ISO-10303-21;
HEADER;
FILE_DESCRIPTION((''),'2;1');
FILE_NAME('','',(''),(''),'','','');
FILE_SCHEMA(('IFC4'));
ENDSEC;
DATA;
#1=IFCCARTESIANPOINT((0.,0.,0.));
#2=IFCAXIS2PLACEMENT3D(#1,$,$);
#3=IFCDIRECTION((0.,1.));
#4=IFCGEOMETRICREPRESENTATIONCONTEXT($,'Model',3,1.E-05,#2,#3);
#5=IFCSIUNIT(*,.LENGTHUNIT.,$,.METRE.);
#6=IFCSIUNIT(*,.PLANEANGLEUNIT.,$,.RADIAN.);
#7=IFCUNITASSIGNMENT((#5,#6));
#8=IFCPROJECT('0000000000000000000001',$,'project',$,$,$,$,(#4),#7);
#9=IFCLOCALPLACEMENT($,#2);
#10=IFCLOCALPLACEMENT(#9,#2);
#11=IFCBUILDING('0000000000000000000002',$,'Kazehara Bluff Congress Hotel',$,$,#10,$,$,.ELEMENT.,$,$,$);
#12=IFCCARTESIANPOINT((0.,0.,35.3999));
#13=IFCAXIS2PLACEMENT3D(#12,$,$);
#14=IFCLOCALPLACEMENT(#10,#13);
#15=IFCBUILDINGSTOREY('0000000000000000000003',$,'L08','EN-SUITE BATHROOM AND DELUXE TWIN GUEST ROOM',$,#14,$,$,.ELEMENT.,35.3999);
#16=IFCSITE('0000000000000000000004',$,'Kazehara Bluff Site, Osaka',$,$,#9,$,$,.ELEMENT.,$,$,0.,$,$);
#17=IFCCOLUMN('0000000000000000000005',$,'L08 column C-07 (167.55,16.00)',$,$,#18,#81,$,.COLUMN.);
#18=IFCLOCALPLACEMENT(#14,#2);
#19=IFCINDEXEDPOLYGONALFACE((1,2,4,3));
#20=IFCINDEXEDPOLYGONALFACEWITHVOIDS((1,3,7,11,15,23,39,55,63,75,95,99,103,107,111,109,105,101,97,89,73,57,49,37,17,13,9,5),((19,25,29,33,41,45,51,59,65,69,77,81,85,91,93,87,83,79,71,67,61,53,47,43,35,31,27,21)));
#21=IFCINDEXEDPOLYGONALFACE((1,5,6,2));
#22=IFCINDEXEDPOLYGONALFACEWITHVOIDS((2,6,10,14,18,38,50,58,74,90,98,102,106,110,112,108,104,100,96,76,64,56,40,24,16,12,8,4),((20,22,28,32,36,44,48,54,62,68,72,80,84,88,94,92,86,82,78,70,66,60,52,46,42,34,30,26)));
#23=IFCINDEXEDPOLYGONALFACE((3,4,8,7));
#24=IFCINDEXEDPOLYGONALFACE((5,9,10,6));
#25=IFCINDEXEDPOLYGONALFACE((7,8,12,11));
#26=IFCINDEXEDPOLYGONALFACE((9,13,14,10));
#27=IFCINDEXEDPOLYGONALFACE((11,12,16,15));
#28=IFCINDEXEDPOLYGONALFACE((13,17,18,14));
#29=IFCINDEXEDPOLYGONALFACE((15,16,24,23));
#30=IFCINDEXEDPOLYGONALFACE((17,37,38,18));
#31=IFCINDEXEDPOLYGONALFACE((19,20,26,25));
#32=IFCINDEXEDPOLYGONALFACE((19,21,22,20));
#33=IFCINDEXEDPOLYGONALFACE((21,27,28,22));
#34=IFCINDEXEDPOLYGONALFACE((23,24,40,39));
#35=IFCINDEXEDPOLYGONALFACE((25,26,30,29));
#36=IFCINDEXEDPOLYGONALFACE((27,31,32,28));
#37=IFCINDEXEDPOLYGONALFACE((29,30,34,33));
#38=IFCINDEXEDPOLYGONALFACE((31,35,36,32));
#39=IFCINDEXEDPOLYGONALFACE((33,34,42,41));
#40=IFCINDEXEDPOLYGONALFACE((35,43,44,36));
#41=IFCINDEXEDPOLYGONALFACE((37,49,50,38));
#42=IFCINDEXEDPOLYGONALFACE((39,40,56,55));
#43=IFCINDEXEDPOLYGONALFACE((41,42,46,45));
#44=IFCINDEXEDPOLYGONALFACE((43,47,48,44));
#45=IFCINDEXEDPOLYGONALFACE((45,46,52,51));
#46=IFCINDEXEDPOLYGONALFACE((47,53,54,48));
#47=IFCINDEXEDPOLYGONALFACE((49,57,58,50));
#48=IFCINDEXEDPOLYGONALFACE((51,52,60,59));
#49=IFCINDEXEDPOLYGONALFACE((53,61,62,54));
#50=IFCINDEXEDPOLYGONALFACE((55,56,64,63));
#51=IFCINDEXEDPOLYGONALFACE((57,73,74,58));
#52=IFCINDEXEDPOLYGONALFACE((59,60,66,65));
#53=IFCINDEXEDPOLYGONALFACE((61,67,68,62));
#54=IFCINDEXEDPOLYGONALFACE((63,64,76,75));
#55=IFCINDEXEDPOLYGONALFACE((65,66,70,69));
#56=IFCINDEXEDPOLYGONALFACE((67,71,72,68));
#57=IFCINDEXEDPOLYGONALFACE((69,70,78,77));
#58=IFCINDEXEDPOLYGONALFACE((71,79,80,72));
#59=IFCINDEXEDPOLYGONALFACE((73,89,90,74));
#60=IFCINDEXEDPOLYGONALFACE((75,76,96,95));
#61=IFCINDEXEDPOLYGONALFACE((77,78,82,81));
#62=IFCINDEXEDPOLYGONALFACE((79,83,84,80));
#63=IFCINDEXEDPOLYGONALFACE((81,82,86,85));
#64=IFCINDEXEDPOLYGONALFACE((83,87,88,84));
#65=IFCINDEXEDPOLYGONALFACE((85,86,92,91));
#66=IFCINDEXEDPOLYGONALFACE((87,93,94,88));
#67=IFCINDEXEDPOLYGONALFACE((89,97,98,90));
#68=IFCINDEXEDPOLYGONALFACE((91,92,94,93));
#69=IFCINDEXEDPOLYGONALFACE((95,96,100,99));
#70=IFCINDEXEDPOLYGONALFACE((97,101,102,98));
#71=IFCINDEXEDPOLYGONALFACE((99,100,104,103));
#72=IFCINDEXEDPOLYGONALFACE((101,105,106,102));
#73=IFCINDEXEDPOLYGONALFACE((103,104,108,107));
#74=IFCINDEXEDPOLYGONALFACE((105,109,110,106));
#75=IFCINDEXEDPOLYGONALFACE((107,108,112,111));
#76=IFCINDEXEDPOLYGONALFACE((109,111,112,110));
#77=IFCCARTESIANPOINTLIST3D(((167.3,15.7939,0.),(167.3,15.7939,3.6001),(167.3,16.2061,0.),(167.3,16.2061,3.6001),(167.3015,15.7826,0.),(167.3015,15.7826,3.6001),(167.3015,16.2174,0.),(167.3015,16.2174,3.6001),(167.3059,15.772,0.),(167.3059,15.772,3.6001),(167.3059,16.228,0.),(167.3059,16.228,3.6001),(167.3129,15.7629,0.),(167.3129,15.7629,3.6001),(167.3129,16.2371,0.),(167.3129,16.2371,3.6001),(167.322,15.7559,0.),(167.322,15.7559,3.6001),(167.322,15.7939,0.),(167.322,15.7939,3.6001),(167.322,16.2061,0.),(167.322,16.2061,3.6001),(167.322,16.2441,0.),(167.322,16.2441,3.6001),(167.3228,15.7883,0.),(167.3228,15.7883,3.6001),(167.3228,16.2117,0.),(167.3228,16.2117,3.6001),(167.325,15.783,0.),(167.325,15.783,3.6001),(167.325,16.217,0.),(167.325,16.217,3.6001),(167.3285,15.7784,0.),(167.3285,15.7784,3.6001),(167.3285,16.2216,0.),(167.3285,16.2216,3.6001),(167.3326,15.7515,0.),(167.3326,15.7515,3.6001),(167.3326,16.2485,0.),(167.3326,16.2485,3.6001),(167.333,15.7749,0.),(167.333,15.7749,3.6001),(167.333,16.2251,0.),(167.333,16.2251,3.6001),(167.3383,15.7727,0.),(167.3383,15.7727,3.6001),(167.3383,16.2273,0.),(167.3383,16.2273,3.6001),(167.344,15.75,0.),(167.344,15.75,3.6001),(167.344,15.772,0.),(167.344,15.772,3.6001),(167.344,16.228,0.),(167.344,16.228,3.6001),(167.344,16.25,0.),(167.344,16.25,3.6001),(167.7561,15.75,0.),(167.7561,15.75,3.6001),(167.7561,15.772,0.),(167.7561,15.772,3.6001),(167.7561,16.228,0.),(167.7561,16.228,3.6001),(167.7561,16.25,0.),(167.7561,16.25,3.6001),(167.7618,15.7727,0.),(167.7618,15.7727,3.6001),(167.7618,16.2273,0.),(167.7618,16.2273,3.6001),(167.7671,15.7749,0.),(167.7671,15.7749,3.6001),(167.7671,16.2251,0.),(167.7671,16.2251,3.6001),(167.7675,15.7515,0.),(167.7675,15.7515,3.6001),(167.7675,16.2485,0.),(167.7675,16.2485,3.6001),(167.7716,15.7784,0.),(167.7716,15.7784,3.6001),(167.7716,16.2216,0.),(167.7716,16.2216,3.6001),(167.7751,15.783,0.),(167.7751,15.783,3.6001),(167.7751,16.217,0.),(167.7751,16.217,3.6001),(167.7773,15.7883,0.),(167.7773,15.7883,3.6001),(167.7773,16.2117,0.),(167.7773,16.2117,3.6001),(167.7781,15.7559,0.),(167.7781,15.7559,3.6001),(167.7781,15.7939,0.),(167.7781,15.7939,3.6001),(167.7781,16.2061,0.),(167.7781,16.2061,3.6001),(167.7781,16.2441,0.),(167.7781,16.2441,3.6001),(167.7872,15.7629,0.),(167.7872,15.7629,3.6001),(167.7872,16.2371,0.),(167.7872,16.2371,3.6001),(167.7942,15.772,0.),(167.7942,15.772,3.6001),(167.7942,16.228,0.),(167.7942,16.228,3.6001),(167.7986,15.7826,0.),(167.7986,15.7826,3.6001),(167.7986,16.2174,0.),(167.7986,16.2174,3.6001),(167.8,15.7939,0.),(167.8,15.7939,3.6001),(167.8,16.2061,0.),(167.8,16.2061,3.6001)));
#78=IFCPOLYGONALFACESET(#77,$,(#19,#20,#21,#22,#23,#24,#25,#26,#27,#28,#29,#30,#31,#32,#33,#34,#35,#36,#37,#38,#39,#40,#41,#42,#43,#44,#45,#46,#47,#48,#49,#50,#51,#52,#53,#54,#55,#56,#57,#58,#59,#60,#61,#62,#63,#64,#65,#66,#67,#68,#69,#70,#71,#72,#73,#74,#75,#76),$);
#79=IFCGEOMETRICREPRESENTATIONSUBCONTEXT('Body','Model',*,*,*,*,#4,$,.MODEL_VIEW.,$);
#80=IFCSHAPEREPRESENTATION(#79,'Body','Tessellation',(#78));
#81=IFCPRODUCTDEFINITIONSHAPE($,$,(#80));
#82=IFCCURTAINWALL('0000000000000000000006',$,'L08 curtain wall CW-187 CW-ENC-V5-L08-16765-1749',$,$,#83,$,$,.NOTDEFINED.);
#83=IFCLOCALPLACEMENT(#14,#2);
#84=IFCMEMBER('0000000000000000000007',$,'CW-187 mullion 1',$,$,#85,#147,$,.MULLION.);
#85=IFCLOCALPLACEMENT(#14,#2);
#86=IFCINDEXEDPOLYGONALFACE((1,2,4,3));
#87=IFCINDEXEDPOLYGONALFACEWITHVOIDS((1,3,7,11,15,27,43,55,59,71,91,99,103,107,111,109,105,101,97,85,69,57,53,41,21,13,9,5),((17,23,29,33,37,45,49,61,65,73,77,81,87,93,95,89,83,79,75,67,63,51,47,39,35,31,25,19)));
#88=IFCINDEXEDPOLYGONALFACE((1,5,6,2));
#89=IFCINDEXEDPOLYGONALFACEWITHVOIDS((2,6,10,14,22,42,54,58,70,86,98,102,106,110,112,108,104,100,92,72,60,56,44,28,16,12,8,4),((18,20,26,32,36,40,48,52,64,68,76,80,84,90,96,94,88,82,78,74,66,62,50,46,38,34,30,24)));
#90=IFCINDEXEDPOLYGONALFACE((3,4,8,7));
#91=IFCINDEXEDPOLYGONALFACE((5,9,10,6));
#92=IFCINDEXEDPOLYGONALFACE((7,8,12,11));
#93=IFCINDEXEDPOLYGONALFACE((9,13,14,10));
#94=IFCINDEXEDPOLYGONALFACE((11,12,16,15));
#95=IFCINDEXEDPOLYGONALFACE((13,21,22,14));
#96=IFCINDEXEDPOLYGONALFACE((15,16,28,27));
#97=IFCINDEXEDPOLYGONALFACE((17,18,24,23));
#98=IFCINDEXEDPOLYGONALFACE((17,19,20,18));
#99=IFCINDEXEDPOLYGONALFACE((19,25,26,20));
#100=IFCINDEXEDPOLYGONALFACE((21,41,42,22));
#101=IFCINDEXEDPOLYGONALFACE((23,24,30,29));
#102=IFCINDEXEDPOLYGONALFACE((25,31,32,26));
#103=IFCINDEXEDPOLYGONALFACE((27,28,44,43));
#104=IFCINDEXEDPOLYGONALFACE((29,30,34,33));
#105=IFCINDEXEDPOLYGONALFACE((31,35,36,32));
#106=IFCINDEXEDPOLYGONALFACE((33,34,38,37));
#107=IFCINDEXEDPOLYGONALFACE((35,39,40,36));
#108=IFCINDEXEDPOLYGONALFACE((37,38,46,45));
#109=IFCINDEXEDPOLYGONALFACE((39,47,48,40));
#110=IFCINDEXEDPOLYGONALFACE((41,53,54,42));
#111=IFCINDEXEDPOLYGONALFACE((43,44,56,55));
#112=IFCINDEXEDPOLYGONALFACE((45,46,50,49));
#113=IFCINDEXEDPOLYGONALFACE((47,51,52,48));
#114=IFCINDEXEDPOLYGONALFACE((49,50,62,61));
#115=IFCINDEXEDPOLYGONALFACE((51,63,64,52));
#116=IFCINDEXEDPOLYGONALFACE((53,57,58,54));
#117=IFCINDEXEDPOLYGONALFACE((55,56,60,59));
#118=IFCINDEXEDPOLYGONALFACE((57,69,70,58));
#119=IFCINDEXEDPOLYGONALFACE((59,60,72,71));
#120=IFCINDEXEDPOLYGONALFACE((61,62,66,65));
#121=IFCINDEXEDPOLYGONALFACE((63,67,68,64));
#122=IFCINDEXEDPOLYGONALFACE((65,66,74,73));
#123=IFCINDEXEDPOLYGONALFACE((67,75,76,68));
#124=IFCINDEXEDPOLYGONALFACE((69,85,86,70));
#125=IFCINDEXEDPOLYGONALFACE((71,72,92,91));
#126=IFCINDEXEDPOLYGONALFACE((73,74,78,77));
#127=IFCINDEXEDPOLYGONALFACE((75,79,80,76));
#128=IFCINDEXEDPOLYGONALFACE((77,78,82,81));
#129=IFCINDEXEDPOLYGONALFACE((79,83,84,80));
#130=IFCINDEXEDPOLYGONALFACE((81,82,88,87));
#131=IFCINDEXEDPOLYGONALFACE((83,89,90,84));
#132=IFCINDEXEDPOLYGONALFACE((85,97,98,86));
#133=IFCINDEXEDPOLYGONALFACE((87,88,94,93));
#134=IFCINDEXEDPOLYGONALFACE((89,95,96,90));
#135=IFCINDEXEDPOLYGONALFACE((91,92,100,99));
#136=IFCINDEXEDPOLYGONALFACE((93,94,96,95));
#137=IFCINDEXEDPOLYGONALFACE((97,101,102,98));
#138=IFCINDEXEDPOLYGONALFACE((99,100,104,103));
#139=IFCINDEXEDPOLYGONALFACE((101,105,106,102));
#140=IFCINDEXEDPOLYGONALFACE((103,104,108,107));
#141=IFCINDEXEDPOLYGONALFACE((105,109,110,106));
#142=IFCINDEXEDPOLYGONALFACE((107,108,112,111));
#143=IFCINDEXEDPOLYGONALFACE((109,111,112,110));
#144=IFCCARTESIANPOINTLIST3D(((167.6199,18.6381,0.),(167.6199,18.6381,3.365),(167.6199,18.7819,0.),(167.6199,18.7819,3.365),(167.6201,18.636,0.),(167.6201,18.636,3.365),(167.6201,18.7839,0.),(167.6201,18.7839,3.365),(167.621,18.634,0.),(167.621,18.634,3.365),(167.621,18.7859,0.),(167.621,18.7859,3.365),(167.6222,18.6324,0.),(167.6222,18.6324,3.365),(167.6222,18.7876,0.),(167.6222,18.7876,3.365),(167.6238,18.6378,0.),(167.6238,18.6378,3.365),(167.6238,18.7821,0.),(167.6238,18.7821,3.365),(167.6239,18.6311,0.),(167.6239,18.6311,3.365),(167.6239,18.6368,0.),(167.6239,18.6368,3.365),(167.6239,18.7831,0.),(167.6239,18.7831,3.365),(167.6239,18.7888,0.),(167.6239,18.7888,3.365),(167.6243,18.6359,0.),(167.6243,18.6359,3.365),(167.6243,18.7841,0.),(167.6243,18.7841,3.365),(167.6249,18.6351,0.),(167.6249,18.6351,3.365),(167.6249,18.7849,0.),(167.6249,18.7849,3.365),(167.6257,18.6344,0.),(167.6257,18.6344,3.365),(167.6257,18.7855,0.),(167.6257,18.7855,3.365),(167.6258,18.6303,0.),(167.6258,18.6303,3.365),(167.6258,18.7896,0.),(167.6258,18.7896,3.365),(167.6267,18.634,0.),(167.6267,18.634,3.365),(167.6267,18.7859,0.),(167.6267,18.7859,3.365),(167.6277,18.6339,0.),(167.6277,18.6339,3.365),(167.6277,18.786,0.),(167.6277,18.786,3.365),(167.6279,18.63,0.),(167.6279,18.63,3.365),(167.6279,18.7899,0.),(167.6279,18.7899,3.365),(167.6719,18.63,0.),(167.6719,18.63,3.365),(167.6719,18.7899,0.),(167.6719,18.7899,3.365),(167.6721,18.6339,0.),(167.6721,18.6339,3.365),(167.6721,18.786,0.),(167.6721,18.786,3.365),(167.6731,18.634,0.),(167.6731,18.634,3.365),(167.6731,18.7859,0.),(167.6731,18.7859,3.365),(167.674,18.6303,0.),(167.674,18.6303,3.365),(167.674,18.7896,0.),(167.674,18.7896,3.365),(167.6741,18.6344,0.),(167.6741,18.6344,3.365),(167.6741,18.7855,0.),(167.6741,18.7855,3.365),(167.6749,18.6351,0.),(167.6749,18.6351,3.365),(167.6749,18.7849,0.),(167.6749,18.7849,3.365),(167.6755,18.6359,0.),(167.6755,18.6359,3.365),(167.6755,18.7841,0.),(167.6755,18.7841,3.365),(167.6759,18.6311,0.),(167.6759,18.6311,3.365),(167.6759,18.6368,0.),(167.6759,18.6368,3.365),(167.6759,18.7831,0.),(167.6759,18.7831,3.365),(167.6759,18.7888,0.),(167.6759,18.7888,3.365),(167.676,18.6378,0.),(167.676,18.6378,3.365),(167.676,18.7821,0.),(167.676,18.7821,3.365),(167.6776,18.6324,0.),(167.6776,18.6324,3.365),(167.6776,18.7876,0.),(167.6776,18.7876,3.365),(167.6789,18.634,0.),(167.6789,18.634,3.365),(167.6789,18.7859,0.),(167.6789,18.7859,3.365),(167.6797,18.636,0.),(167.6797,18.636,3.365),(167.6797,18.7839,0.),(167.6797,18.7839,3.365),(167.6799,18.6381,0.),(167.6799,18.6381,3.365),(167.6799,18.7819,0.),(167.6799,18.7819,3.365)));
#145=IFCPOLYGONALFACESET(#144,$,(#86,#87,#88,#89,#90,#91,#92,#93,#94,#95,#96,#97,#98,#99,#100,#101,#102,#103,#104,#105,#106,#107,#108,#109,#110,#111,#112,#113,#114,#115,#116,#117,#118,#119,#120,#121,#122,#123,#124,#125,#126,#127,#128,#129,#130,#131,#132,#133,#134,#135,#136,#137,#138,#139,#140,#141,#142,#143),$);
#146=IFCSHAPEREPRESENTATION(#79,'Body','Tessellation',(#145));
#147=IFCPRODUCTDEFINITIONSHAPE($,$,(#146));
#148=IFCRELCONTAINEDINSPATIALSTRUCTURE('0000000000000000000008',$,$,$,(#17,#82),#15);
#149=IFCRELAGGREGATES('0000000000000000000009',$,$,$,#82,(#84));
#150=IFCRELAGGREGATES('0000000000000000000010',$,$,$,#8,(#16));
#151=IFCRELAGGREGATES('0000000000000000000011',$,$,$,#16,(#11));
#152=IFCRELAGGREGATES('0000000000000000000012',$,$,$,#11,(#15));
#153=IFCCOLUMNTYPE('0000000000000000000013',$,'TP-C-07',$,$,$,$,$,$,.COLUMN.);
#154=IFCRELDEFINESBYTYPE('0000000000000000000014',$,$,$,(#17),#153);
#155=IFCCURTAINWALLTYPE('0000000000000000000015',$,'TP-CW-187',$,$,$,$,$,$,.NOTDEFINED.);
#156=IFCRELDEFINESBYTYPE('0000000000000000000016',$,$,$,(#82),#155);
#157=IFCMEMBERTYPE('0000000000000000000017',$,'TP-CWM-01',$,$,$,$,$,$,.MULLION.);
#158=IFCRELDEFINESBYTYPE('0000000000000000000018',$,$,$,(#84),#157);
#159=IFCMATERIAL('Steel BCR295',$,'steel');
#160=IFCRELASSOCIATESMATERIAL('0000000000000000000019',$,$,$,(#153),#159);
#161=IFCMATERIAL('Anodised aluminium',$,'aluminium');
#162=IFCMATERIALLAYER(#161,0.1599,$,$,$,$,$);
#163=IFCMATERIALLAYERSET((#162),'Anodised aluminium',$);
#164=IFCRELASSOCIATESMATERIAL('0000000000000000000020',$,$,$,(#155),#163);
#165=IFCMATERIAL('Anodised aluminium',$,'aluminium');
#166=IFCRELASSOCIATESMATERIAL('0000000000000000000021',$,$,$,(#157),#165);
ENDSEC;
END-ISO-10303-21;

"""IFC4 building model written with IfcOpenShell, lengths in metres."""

from ifc_helpers import new_model, si_unit, direction, frame, origin, origin_2d, place, context, subcontext, project, spatial, hollow_rectangle, extrude, material, layer, layer_set, material_profile, profile_set, type_object, element, aggregate, save


model = new_model("IFC4")

# Units and contexts
model_context = context("Model", 3, precision=1e-05, world=origin(), true_north=direction((0.0, 1.0)))
body_context = subcontext(model_context, "Body", "Model", "MODEL_VIEW")
ifc_project = project(units=[si_unit("LENGTHUNIT", "METRE"), si_unit("PLANEANGLEUNIT", "RADIAN")], contexts=[model_context])

# Site, building, storey
site_placement = place(None, origin())
site = spatial("IfcSite", under=ifc_project, at=site_placement, Name="Kazehara Bluff Site, Osaka", CompositionType="ELEMENT", RefElevation=0.0)
building_placement = place(site_placement, origin())
building = spatial("IfcBuilding", under=site, at=building_placement, Name="Kazehara Bluff Congress Hotel", CompositionType="ELEMENT")
storey_placement = place(building_placement, frame((0.0, 0.0, 35.3999)))
storey = spatial("IfcBuildingStorey", under=building, at=storey_placement, Name="L08", Description="EN-SUITE BATHROOM AND DELUXE TWIN GUEST ROOM", CompositionType="ELEMENT", Elevation=35.3999)

# Column
ifc_material_1 = material(Name="Steel BCR295", Category="steel")
ifc_material_profile_1 = material_profile(ifc_material_1, hollow_rectangle(XDim=0.5, YDim=0.5, WallThickness=0.022, InnerFilletRadius=0.022, OuterFilletRadius=0.0439, at=origin_2d()))
ifc_profile_set_1 = profile_set([ifc_material_profile_1], Name="Steel BCR295")
column_type = type_object("IfcColumnType", Name="TP-C-07", PredefinedType="COLUMN", material=ifc_profile_set_1)
column_placement = place(storey_placement, frame((167.55, 16.0, 0.0), z_axis=(0.0, 0.0, 1.0), x_axis=(1.0, 0.0, 0.0)))
element("IfcColumn", 1, at=column_placement, inside=storey, type_object=column_type, Name="L08 column C-07 (167.55,16.00)", PredefinedType="COLUMN", context=body_context, shape_type="SweptSolid", body=[
    extrude(hollow_rectangle(XDim=0.5, YDim=0.5, WallThickness=0.022, InnerFilletRadius=0.022, OuterFilletRadius=0.0439, at=origin_2d()), origin(), (0.0, 0.0, 1.0), 3.6001),
])

# Curtain wall, member
ifc_material_2 = material(Name="Anodised aluminium", Category="aluminium")
ifc_layer_1 = layer(ifc_material_2, 0.1599)
ifc_layer_set_1 = layer_set([ifc_layer_1], Name="Anodised aluminium")
curtain_wall_type = type_object("IfcCurtainWallType", Name="TP-CW-187", PredefinedType="NOTDEFINED", material=ifc_layer_set_1)
curtain_wall_placement = place(storey_placement, origin())
curtain_wall = element("IfcCurtainWall", 2, at=curtain_wall_placement, inside=storey, type_object=curtain_wall_type, Name="L08 curtain wall CW-187 CW-ENC-V5-L08-16765-1749", PredefinedType="NOTDEFINED")
ifc_material_3 = material(Name="Anodised aluminium", Category="aluminium")
ifc_material_profile_2 = material_profile(ifc_material_3, hollow_rectangle(XDim=0.0601, YDim=0.1599, WallThickness=0.0039, InnerFilletRadius=0.0039, OuterFilletRadius=0.0081, at=origin_2d()))
ifc_profile_set_2 = profile_set([ifc_material_profile_2], Name="Anodised aluminium")
member_type_1 = type_object("IfcMemberType", Name="TP-CWM-01", PredefinedType="MULLION", material=ifc_profile_set_2)
member_1_placement = place(storey_placement, frame((167.6499, 18.71, 0.0), z_axis=(0.0, 0.0, 1.0), x_axis=(1.0, 0.0, 0.0)))
member_1 = element("IfcMember", 3, at=member_1_placement, type_object=member_type_1, Name="CW-187 mullion 1", PredefinedType="MULLION", context=body_context, shape_type="SweptSolid", body=[
    extrude(hollow_rectangle(XDim=0.0601, YDim=0.1599, WallThickness=0.0039, InnerFilletRadius=0.0039, OuterFilletRadius=0.0081, at=origin_2d()), origin(), (0.0, 0.0, 1.0), 3.365),
])
aggregate(curtain_wall, [member_1])

save(model, "model.ifc")
